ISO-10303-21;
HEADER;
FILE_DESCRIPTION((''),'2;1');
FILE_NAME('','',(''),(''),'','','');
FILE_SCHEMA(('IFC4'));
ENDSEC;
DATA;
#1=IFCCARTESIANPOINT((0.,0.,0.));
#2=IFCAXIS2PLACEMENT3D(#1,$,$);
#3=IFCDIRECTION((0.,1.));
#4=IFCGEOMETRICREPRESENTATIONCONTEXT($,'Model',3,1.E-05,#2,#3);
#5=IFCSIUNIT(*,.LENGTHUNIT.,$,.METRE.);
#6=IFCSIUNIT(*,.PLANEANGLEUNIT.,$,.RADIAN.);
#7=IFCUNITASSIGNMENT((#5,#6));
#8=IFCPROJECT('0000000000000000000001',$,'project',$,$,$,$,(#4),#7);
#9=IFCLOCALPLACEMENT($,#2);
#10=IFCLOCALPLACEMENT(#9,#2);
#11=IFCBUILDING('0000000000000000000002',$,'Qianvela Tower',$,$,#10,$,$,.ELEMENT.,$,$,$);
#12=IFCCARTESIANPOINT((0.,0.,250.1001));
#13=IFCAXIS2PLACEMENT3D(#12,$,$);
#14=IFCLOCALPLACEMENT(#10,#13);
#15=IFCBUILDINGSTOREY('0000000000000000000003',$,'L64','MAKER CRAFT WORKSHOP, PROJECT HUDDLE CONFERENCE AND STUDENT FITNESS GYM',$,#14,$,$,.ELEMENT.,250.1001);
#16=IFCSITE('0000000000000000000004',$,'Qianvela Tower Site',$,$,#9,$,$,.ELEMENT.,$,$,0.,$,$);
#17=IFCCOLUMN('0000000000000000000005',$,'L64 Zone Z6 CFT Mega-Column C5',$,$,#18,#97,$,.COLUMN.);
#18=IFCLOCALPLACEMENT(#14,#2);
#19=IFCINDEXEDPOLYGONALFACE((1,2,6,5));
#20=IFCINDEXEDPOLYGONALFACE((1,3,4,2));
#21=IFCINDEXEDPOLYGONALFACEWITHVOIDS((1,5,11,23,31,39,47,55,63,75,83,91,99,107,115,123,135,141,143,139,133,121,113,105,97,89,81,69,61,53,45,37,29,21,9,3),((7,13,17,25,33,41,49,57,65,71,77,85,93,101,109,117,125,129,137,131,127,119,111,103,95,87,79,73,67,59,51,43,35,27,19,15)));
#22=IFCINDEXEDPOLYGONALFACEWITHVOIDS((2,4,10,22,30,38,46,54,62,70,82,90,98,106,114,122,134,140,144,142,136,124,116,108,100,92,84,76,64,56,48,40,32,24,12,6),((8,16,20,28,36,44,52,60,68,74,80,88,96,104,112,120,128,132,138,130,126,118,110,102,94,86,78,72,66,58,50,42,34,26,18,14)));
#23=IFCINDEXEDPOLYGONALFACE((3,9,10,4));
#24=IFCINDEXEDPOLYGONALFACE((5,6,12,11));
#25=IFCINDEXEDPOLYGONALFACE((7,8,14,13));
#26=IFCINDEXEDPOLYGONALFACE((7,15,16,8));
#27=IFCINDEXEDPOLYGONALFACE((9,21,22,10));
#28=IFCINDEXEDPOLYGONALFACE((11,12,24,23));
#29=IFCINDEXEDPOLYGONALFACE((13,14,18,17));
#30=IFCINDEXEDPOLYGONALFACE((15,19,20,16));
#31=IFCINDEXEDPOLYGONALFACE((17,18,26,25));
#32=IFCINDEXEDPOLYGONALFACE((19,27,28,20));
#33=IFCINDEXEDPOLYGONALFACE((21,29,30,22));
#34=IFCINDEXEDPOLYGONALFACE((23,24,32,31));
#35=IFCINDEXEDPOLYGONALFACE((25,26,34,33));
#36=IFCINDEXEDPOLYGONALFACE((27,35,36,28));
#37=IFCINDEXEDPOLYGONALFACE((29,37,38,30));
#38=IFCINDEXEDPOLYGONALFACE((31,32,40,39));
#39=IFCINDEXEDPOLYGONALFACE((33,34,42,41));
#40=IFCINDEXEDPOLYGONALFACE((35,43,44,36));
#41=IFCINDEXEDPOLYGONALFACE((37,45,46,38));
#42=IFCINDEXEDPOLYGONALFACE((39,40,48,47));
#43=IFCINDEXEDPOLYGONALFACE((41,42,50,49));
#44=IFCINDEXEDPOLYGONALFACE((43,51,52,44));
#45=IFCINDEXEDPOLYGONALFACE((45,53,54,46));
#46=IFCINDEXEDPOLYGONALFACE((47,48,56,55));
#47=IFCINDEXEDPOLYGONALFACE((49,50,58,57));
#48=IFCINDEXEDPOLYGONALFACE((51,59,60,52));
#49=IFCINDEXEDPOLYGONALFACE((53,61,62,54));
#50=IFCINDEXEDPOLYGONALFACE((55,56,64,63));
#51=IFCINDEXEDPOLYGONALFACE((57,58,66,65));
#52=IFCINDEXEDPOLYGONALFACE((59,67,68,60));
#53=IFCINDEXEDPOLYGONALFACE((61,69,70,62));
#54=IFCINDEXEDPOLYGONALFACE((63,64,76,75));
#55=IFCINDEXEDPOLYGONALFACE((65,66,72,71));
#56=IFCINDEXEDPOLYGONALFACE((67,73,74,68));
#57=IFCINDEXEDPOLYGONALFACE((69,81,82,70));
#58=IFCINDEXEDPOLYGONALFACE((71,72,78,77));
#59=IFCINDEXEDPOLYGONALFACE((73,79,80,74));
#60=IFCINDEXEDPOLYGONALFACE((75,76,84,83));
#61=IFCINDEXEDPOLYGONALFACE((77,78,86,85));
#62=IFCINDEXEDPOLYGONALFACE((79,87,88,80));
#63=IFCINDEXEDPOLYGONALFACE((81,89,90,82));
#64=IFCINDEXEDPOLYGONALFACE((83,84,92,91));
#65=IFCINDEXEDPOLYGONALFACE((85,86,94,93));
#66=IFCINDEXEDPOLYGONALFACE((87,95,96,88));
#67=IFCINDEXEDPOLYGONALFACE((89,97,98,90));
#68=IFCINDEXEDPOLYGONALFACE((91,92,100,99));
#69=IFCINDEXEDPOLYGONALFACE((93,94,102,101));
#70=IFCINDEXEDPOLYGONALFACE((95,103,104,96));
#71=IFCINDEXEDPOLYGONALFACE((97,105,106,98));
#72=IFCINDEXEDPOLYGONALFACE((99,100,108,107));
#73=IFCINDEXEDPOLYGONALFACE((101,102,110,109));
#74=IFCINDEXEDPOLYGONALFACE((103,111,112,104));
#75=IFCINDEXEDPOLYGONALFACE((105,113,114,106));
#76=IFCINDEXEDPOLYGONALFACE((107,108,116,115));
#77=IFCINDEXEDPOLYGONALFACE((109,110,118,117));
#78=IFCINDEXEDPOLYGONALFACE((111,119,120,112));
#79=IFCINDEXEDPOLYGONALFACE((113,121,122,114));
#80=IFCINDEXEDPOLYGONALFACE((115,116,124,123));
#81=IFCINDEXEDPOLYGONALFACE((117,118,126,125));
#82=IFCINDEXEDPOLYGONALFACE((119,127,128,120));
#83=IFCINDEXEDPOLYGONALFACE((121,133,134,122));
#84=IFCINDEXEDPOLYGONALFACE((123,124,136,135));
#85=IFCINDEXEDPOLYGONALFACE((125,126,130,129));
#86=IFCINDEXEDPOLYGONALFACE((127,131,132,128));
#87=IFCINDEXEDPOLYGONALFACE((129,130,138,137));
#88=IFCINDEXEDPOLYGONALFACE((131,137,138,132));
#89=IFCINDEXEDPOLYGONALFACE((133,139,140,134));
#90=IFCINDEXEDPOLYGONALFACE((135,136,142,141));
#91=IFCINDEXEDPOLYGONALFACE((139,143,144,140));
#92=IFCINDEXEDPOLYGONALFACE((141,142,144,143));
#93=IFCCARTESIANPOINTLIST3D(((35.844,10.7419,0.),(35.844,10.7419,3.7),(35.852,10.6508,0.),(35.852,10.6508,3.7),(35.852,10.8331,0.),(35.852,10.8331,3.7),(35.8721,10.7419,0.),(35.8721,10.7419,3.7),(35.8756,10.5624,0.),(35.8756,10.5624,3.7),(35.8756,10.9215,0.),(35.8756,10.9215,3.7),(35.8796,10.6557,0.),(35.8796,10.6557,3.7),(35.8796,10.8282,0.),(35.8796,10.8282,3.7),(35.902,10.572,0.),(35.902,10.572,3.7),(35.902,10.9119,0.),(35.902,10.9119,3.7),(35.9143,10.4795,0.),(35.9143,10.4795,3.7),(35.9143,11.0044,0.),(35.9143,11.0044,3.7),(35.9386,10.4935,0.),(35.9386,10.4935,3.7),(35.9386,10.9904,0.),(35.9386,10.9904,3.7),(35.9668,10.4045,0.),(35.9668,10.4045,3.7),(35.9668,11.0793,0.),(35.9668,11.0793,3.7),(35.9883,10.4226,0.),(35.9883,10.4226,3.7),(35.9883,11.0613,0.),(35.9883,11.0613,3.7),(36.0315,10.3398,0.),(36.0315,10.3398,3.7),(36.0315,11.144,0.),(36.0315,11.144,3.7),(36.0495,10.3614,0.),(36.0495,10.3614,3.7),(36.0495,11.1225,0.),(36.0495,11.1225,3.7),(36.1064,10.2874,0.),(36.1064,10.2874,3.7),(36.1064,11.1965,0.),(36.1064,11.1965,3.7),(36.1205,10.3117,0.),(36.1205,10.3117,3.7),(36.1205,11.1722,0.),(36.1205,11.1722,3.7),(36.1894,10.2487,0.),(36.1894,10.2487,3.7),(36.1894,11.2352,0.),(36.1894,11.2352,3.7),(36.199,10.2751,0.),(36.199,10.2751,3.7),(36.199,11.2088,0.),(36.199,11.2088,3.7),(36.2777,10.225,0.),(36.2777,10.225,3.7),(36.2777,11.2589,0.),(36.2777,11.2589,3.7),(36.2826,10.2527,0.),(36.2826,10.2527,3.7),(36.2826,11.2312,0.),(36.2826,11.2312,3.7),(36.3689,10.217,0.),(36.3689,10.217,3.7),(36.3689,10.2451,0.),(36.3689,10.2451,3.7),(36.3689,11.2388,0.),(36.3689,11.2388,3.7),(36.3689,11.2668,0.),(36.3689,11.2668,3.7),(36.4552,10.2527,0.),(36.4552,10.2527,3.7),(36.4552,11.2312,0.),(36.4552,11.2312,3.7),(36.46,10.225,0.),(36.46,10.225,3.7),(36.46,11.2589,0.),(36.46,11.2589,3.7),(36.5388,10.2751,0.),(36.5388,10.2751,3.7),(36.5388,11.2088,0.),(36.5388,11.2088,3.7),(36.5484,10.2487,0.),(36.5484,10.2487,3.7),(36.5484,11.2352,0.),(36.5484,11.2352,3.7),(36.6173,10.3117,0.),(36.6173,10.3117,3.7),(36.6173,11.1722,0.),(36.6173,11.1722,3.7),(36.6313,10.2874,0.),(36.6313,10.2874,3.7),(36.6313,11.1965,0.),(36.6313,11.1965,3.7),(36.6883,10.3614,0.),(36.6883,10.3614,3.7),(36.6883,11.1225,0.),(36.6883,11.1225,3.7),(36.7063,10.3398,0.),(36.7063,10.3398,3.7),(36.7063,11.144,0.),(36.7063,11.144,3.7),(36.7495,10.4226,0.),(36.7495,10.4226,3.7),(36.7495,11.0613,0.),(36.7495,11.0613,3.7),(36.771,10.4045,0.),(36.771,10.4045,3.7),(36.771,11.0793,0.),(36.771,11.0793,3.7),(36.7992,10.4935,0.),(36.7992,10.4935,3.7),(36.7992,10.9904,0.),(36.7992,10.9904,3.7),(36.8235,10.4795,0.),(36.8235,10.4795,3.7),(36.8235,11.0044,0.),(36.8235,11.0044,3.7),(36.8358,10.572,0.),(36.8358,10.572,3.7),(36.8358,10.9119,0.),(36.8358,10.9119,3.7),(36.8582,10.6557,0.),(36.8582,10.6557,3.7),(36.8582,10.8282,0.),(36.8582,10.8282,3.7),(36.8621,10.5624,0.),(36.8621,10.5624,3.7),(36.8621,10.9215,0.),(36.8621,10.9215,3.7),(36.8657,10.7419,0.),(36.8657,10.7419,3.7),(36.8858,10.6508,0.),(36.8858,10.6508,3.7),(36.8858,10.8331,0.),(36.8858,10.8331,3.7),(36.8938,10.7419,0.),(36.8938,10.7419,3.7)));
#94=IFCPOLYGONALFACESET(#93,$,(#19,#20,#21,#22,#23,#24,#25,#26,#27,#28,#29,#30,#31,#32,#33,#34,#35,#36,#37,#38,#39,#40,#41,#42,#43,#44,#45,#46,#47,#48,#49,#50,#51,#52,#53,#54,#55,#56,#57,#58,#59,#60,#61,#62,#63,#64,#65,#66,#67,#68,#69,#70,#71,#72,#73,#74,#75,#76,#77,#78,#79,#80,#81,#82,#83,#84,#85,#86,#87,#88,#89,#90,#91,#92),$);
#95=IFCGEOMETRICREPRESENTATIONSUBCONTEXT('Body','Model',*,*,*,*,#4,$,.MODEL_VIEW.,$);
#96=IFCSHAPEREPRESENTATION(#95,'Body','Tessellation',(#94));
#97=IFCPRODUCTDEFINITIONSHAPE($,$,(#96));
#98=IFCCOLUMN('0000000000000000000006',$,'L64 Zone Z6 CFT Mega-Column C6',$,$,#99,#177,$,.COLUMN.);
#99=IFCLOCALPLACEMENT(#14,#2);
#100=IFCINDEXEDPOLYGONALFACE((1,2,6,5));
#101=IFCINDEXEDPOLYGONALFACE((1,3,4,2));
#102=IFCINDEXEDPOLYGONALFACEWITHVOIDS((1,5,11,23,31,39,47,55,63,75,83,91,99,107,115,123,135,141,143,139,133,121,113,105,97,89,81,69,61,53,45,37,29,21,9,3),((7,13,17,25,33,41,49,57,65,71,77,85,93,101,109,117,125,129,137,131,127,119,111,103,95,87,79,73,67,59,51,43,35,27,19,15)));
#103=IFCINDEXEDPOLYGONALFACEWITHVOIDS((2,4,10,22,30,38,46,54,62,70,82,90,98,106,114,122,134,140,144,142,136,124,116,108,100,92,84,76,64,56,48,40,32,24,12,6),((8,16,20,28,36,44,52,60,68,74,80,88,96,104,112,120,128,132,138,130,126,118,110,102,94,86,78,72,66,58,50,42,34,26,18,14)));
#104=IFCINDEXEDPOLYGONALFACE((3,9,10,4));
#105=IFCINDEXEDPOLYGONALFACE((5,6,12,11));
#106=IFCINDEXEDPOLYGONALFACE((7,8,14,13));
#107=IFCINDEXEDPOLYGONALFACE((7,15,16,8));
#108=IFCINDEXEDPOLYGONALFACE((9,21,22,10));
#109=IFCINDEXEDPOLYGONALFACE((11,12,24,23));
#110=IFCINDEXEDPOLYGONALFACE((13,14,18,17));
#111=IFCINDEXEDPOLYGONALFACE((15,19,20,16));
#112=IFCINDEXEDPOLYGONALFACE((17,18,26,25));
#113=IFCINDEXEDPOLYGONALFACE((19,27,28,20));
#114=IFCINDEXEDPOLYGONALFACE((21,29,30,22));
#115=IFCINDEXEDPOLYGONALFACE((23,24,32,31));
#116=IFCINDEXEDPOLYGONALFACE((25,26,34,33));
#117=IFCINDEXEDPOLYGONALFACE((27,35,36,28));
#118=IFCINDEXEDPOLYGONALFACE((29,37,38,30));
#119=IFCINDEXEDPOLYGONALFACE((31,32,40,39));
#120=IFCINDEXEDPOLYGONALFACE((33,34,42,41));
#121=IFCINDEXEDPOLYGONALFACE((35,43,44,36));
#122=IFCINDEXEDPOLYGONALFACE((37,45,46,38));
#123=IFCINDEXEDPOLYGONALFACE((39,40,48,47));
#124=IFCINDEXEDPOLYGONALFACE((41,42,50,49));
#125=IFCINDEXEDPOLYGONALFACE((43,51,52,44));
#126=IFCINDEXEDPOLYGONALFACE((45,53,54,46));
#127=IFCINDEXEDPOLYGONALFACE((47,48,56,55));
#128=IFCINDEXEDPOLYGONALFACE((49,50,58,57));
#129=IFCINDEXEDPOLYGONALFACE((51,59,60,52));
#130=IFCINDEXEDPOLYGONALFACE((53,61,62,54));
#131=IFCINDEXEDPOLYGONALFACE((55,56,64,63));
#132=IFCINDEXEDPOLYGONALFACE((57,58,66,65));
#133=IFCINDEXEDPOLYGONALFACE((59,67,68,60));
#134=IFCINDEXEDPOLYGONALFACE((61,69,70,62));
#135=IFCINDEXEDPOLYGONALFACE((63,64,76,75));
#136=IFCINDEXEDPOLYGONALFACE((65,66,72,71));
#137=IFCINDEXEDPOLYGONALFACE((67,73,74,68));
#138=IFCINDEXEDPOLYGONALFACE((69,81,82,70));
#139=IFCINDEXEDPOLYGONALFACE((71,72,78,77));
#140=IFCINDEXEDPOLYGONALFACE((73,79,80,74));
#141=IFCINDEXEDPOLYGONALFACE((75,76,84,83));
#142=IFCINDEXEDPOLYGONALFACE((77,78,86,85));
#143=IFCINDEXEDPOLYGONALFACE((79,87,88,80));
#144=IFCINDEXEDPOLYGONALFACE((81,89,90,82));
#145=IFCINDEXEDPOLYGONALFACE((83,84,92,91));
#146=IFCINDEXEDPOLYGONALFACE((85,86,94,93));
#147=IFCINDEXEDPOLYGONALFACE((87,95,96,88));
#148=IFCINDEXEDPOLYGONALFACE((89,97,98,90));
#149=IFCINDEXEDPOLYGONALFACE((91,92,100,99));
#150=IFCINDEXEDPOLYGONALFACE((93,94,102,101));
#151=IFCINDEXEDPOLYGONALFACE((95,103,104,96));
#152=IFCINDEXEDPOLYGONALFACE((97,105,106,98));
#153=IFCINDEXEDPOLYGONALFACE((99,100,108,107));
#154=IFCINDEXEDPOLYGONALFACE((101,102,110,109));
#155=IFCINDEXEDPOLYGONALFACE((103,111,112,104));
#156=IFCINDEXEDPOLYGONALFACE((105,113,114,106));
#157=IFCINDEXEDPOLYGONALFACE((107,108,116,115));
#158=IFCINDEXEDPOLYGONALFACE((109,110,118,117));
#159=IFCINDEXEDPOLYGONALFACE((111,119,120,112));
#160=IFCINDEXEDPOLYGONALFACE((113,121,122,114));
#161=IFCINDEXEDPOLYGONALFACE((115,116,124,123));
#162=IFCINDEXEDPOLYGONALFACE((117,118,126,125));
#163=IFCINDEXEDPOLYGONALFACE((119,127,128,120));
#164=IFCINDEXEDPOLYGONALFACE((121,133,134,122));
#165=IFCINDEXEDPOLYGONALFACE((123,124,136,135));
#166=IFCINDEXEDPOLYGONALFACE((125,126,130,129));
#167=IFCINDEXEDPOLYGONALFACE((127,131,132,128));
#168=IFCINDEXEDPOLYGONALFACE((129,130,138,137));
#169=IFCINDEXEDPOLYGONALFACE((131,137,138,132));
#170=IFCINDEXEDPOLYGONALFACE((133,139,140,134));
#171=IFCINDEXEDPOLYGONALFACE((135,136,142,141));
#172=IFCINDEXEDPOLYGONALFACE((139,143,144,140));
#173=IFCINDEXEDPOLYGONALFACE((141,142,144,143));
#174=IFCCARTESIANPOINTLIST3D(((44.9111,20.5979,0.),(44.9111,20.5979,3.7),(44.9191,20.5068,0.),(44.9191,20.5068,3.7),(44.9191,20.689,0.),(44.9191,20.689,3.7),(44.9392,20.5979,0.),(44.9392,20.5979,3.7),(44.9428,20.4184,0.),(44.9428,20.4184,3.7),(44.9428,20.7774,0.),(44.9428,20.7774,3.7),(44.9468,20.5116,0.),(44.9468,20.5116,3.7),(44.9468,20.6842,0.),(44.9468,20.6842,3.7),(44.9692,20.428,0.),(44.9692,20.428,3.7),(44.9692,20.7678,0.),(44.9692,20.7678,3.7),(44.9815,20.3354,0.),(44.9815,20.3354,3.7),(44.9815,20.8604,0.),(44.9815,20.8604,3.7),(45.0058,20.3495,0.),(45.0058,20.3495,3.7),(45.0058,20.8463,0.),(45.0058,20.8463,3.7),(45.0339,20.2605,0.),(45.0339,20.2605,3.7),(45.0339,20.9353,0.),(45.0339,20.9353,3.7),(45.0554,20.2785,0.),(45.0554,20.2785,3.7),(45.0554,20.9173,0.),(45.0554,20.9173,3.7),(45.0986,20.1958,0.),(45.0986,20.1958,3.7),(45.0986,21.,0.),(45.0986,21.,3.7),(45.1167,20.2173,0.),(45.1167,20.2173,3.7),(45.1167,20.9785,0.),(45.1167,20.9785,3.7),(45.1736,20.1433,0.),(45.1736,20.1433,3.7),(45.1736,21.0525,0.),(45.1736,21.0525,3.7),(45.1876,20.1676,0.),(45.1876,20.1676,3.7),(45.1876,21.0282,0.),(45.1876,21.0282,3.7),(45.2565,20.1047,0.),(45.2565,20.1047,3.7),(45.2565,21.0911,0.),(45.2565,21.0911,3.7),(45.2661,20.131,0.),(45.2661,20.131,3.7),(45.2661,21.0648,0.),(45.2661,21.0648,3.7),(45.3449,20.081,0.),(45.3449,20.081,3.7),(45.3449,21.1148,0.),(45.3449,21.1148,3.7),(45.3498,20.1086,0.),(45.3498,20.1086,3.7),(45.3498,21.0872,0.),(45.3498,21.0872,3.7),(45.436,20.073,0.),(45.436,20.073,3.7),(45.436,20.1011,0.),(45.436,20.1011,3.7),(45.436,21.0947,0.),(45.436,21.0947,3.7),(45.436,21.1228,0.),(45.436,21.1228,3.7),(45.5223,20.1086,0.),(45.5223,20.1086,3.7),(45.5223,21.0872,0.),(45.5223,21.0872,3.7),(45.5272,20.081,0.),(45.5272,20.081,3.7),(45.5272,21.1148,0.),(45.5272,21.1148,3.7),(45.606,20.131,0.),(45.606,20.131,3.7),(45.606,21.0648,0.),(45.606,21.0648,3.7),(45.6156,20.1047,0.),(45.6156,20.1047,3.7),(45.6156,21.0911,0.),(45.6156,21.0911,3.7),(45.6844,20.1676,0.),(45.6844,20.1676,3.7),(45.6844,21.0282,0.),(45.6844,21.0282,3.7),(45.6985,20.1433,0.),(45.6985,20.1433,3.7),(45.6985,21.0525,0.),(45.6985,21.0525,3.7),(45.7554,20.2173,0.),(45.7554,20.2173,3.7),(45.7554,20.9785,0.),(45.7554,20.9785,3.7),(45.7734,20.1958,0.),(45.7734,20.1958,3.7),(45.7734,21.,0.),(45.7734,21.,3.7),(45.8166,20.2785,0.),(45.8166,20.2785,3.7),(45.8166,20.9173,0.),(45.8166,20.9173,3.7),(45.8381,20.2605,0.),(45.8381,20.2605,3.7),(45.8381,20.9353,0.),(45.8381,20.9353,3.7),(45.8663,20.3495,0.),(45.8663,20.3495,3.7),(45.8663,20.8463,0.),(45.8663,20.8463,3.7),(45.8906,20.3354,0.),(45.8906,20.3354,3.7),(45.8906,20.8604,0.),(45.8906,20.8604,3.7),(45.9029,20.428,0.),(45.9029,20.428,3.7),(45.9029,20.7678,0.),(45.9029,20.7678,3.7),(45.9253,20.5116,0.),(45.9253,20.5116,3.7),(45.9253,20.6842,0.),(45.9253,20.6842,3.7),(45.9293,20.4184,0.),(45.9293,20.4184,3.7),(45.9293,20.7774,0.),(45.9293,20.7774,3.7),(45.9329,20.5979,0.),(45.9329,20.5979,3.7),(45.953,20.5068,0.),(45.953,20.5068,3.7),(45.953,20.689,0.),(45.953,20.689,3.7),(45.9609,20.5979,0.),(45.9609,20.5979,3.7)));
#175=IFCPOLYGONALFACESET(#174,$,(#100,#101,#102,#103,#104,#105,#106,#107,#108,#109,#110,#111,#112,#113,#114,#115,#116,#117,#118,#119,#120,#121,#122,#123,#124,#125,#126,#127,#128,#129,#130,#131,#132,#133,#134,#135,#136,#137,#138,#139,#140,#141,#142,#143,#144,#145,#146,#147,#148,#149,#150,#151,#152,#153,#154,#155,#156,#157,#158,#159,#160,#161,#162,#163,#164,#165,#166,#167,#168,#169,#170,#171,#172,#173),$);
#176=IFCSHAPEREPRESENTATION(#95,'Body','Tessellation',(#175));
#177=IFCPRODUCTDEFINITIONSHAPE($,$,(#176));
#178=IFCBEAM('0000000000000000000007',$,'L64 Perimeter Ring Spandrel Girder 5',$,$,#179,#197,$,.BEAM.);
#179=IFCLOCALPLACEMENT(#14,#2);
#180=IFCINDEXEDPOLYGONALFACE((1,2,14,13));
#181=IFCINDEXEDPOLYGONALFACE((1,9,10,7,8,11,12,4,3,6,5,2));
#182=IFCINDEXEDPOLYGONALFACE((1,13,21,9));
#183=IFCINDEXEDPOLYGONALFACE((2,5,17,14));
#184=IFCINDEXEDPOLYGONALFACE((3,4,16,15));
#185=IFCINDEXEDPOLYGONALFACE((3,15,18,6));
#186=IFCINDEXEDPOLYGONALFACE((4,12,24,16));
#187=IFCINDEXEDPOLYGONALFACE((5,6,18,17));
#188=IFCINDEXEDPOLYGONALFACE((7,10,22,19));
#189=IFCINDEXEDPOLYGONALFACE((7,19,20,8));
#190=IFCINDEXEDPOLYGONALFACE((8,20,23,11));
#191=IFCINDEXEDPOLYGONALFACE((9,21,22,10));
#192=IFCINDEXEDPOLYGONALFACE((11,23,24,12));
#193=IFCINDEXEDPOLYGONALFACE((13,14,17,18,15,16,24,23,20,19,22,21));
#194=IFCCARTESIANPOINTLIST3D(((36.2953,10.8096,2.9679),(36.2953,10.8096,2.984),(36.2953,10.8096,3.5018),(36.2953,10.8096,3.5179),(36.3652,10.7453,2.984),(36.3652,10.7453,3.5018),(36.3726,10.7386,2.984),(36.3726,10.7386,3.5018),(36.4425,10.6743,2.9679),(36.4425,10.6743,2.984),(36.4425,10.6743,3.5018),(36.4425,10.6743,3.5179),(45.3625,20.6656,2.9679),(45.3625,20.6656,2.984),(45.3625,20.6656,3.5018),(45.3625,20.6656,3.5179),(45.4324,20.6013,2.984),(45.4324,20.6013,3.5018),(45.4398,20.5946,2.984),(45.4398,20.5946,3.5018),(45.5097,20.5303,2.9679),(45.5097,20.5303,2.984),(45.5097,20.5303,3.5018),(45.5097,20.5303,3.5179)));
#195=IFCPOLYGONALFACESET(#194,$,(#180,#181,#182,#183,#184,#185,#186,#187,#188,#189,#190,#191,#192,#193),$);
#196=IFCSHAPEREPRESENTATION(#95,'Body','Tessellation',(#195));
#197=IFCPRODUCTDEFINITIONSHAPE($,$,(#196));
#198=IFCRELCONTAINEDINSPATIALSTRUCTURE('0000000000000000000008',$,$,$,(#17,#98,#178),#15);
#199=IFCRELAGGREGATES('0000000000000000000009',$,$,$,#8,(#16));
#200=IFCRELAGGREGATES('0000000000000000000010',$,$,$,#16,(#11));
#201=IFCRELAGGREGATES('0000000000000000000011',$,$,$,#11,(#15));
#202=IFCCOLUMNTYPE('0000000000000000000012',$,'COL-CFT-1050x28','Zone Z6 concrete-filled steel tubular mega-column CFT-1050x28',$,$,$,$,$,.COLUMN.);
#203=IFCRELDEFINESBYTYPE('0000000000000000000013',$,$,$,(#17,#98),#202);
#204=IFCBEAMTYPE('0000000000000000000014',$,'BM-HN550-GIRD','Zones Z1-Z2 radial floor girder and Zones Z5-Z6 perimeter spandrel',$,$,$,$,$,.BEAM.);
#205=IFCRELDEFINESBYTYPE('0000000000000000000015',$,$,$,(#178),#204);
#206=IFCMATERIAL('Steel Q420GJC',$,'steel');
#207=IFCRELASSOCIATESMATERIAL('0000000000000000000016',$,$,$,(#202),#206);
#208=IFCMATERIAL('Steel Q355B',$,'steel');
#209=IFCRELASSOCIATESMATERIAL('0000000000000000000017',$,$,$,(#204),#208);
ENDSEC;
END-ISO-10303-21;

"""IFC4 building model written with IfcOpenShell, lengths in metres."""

from ifc_helpers import new_model, si_unit, direction, frame, origin, origin_2d, place, context, subcontext, project, spatial, hollow_circle, i_section, extrude, material, material_profile, profile_set, type_object, element, save


model = new_model("IFC4")

# Units and contexts
model_context = context("Model", 3, precision=1e-05, world=origin(), true_north=direction((0.0, 1.0)))
body_context = subcontext(model_context, "Body", "Model", "MODEL_VIEW")
ifc_project = project(units=[si_unit("LENGTHUNIT", "METRE"), si_unit("PLANEANGLEUNIT", "RADIAN")], contexts=[model_context])

# Site, building, storey
site_placement = place(None, origin())
site = spatial("IfcSite", under=ifc_project, at=site_placement, Name="Qianvela Tower Site", CompositionType="ELEMENT", RefElevation=0.0)
building_placement = place(site_placement, origin())
building = spatial("IfcBuilding", under=site, at=building_placement, Name="Qianvela Tower", CompositionType="ELEMENT")
storey_placement = place(building_placement, frame((0.0, 0.0, 250.1001)))
storey = spatial("IfcBuildingStorey", under=building, at=storey_placement, Name="L64", Description="MAKER CRAFT WORKSHOP, PROJECT HUDDLE CONFERENCE AND STUDENT FITNESS GYM", CompositionType="ELEMENT", Elevation=250.1001)

# Columns
ifc_material_1 = material(Name="Steel Q420GJC", Category="steel")
ifc_material_profile_1 = material_profile(ifc_material_1, hollow_circle(Radius=0.5249, WallThickness=0.0281, at=origin_2d()), Name="CFT-1050x28")
ifc_profile_set_1 = profile_set([ifc_material_profile_1], Name="Steel Q420GJC")
column_type = type_object("IfcColumnType", Name="COL-CFT-1050x28", Description="Zone Z6 concrete-filled steel tubular mega-column CFT-1050x28", PredefinedType="COLUMN", material=ifc_profile_set_1)
for number, where, z_axis, x_axis, name in (
    (1, (36.3689, 10.7419, 0.0), (0.0, 0.0, 1.0), (1.0, 0.0, 0.0), "L64 Zone Z6 CFT Mega-Column C5"),
    (2, (45.436, 20.5979, 0.0), (0.0, 0.0, 1.0), (1.0, 0.0, 0.0), "L64 Zone Z6 CFT Mega-Column C6"),
):
    element("IfcColumn", number, at=place(storey_placement, frame(where, z_axis=z_axis, x_axis=x_axis)), inside=storey, type_object=column_type, Name=name, PredefinedType="COLUMN", context=body_context, shape_type="SweptSolid", body=[
        extrude(hollow_circle(Radius=0.5249, WallThickness=0.0281, at=origin_2d()), origin(), (0.0, 0.0, 1.0), 3.7),
    ])

# Beam
ifc_material_2 = material(Name="Steel Q355B", Category="steel")
ifc_material_profile_2 = material_profile(ifc_material_2, i_section(OverallWidth=0.2, OverallDepth=0.55, WebThickness=0.01, FlangeThickness=0.0161, at=origin_2d()), Name="HN550x200x10x16")
ifc_profile_set_2 = profile_set([ifc_material_profile_2], Name="Steel Q355B")
beam_type_1 = type_object("IfcBeamType", Name="BM-HN550-GIRD", Description="Zones Z1-Z2 radial floor girder and Zones Z5-Z6 perimeter spandrel", PredefinedType="BEAM", material=ifc_profile_set_2)
beam_1_placement = place(storey_placement, frame((36.3689, 10.7419, 3.2429), z_axis=(0.677043, 0.735944, 0.0), x_axis=(-0.735944, 0.677043, 0.0)))
element("IfcBeam", 3, at=beam_1_placement, inside=storey, type_object=beam_type_1, Name="L64 Perimeter Ring Spandrel Girder 5", PredefinedType="BEAM", context=body_context, shape_type="SweptSolid", body=[
    extrude(i_section(OverallWidth=0.2, OverallDepth=0.55, WebThickness=0.01, FlangeThickness=0.0161, at=origin_2d()), origin(), (0.0, 0.0, 1.0), 13.3923),
])

save(model, "model.ifc")
